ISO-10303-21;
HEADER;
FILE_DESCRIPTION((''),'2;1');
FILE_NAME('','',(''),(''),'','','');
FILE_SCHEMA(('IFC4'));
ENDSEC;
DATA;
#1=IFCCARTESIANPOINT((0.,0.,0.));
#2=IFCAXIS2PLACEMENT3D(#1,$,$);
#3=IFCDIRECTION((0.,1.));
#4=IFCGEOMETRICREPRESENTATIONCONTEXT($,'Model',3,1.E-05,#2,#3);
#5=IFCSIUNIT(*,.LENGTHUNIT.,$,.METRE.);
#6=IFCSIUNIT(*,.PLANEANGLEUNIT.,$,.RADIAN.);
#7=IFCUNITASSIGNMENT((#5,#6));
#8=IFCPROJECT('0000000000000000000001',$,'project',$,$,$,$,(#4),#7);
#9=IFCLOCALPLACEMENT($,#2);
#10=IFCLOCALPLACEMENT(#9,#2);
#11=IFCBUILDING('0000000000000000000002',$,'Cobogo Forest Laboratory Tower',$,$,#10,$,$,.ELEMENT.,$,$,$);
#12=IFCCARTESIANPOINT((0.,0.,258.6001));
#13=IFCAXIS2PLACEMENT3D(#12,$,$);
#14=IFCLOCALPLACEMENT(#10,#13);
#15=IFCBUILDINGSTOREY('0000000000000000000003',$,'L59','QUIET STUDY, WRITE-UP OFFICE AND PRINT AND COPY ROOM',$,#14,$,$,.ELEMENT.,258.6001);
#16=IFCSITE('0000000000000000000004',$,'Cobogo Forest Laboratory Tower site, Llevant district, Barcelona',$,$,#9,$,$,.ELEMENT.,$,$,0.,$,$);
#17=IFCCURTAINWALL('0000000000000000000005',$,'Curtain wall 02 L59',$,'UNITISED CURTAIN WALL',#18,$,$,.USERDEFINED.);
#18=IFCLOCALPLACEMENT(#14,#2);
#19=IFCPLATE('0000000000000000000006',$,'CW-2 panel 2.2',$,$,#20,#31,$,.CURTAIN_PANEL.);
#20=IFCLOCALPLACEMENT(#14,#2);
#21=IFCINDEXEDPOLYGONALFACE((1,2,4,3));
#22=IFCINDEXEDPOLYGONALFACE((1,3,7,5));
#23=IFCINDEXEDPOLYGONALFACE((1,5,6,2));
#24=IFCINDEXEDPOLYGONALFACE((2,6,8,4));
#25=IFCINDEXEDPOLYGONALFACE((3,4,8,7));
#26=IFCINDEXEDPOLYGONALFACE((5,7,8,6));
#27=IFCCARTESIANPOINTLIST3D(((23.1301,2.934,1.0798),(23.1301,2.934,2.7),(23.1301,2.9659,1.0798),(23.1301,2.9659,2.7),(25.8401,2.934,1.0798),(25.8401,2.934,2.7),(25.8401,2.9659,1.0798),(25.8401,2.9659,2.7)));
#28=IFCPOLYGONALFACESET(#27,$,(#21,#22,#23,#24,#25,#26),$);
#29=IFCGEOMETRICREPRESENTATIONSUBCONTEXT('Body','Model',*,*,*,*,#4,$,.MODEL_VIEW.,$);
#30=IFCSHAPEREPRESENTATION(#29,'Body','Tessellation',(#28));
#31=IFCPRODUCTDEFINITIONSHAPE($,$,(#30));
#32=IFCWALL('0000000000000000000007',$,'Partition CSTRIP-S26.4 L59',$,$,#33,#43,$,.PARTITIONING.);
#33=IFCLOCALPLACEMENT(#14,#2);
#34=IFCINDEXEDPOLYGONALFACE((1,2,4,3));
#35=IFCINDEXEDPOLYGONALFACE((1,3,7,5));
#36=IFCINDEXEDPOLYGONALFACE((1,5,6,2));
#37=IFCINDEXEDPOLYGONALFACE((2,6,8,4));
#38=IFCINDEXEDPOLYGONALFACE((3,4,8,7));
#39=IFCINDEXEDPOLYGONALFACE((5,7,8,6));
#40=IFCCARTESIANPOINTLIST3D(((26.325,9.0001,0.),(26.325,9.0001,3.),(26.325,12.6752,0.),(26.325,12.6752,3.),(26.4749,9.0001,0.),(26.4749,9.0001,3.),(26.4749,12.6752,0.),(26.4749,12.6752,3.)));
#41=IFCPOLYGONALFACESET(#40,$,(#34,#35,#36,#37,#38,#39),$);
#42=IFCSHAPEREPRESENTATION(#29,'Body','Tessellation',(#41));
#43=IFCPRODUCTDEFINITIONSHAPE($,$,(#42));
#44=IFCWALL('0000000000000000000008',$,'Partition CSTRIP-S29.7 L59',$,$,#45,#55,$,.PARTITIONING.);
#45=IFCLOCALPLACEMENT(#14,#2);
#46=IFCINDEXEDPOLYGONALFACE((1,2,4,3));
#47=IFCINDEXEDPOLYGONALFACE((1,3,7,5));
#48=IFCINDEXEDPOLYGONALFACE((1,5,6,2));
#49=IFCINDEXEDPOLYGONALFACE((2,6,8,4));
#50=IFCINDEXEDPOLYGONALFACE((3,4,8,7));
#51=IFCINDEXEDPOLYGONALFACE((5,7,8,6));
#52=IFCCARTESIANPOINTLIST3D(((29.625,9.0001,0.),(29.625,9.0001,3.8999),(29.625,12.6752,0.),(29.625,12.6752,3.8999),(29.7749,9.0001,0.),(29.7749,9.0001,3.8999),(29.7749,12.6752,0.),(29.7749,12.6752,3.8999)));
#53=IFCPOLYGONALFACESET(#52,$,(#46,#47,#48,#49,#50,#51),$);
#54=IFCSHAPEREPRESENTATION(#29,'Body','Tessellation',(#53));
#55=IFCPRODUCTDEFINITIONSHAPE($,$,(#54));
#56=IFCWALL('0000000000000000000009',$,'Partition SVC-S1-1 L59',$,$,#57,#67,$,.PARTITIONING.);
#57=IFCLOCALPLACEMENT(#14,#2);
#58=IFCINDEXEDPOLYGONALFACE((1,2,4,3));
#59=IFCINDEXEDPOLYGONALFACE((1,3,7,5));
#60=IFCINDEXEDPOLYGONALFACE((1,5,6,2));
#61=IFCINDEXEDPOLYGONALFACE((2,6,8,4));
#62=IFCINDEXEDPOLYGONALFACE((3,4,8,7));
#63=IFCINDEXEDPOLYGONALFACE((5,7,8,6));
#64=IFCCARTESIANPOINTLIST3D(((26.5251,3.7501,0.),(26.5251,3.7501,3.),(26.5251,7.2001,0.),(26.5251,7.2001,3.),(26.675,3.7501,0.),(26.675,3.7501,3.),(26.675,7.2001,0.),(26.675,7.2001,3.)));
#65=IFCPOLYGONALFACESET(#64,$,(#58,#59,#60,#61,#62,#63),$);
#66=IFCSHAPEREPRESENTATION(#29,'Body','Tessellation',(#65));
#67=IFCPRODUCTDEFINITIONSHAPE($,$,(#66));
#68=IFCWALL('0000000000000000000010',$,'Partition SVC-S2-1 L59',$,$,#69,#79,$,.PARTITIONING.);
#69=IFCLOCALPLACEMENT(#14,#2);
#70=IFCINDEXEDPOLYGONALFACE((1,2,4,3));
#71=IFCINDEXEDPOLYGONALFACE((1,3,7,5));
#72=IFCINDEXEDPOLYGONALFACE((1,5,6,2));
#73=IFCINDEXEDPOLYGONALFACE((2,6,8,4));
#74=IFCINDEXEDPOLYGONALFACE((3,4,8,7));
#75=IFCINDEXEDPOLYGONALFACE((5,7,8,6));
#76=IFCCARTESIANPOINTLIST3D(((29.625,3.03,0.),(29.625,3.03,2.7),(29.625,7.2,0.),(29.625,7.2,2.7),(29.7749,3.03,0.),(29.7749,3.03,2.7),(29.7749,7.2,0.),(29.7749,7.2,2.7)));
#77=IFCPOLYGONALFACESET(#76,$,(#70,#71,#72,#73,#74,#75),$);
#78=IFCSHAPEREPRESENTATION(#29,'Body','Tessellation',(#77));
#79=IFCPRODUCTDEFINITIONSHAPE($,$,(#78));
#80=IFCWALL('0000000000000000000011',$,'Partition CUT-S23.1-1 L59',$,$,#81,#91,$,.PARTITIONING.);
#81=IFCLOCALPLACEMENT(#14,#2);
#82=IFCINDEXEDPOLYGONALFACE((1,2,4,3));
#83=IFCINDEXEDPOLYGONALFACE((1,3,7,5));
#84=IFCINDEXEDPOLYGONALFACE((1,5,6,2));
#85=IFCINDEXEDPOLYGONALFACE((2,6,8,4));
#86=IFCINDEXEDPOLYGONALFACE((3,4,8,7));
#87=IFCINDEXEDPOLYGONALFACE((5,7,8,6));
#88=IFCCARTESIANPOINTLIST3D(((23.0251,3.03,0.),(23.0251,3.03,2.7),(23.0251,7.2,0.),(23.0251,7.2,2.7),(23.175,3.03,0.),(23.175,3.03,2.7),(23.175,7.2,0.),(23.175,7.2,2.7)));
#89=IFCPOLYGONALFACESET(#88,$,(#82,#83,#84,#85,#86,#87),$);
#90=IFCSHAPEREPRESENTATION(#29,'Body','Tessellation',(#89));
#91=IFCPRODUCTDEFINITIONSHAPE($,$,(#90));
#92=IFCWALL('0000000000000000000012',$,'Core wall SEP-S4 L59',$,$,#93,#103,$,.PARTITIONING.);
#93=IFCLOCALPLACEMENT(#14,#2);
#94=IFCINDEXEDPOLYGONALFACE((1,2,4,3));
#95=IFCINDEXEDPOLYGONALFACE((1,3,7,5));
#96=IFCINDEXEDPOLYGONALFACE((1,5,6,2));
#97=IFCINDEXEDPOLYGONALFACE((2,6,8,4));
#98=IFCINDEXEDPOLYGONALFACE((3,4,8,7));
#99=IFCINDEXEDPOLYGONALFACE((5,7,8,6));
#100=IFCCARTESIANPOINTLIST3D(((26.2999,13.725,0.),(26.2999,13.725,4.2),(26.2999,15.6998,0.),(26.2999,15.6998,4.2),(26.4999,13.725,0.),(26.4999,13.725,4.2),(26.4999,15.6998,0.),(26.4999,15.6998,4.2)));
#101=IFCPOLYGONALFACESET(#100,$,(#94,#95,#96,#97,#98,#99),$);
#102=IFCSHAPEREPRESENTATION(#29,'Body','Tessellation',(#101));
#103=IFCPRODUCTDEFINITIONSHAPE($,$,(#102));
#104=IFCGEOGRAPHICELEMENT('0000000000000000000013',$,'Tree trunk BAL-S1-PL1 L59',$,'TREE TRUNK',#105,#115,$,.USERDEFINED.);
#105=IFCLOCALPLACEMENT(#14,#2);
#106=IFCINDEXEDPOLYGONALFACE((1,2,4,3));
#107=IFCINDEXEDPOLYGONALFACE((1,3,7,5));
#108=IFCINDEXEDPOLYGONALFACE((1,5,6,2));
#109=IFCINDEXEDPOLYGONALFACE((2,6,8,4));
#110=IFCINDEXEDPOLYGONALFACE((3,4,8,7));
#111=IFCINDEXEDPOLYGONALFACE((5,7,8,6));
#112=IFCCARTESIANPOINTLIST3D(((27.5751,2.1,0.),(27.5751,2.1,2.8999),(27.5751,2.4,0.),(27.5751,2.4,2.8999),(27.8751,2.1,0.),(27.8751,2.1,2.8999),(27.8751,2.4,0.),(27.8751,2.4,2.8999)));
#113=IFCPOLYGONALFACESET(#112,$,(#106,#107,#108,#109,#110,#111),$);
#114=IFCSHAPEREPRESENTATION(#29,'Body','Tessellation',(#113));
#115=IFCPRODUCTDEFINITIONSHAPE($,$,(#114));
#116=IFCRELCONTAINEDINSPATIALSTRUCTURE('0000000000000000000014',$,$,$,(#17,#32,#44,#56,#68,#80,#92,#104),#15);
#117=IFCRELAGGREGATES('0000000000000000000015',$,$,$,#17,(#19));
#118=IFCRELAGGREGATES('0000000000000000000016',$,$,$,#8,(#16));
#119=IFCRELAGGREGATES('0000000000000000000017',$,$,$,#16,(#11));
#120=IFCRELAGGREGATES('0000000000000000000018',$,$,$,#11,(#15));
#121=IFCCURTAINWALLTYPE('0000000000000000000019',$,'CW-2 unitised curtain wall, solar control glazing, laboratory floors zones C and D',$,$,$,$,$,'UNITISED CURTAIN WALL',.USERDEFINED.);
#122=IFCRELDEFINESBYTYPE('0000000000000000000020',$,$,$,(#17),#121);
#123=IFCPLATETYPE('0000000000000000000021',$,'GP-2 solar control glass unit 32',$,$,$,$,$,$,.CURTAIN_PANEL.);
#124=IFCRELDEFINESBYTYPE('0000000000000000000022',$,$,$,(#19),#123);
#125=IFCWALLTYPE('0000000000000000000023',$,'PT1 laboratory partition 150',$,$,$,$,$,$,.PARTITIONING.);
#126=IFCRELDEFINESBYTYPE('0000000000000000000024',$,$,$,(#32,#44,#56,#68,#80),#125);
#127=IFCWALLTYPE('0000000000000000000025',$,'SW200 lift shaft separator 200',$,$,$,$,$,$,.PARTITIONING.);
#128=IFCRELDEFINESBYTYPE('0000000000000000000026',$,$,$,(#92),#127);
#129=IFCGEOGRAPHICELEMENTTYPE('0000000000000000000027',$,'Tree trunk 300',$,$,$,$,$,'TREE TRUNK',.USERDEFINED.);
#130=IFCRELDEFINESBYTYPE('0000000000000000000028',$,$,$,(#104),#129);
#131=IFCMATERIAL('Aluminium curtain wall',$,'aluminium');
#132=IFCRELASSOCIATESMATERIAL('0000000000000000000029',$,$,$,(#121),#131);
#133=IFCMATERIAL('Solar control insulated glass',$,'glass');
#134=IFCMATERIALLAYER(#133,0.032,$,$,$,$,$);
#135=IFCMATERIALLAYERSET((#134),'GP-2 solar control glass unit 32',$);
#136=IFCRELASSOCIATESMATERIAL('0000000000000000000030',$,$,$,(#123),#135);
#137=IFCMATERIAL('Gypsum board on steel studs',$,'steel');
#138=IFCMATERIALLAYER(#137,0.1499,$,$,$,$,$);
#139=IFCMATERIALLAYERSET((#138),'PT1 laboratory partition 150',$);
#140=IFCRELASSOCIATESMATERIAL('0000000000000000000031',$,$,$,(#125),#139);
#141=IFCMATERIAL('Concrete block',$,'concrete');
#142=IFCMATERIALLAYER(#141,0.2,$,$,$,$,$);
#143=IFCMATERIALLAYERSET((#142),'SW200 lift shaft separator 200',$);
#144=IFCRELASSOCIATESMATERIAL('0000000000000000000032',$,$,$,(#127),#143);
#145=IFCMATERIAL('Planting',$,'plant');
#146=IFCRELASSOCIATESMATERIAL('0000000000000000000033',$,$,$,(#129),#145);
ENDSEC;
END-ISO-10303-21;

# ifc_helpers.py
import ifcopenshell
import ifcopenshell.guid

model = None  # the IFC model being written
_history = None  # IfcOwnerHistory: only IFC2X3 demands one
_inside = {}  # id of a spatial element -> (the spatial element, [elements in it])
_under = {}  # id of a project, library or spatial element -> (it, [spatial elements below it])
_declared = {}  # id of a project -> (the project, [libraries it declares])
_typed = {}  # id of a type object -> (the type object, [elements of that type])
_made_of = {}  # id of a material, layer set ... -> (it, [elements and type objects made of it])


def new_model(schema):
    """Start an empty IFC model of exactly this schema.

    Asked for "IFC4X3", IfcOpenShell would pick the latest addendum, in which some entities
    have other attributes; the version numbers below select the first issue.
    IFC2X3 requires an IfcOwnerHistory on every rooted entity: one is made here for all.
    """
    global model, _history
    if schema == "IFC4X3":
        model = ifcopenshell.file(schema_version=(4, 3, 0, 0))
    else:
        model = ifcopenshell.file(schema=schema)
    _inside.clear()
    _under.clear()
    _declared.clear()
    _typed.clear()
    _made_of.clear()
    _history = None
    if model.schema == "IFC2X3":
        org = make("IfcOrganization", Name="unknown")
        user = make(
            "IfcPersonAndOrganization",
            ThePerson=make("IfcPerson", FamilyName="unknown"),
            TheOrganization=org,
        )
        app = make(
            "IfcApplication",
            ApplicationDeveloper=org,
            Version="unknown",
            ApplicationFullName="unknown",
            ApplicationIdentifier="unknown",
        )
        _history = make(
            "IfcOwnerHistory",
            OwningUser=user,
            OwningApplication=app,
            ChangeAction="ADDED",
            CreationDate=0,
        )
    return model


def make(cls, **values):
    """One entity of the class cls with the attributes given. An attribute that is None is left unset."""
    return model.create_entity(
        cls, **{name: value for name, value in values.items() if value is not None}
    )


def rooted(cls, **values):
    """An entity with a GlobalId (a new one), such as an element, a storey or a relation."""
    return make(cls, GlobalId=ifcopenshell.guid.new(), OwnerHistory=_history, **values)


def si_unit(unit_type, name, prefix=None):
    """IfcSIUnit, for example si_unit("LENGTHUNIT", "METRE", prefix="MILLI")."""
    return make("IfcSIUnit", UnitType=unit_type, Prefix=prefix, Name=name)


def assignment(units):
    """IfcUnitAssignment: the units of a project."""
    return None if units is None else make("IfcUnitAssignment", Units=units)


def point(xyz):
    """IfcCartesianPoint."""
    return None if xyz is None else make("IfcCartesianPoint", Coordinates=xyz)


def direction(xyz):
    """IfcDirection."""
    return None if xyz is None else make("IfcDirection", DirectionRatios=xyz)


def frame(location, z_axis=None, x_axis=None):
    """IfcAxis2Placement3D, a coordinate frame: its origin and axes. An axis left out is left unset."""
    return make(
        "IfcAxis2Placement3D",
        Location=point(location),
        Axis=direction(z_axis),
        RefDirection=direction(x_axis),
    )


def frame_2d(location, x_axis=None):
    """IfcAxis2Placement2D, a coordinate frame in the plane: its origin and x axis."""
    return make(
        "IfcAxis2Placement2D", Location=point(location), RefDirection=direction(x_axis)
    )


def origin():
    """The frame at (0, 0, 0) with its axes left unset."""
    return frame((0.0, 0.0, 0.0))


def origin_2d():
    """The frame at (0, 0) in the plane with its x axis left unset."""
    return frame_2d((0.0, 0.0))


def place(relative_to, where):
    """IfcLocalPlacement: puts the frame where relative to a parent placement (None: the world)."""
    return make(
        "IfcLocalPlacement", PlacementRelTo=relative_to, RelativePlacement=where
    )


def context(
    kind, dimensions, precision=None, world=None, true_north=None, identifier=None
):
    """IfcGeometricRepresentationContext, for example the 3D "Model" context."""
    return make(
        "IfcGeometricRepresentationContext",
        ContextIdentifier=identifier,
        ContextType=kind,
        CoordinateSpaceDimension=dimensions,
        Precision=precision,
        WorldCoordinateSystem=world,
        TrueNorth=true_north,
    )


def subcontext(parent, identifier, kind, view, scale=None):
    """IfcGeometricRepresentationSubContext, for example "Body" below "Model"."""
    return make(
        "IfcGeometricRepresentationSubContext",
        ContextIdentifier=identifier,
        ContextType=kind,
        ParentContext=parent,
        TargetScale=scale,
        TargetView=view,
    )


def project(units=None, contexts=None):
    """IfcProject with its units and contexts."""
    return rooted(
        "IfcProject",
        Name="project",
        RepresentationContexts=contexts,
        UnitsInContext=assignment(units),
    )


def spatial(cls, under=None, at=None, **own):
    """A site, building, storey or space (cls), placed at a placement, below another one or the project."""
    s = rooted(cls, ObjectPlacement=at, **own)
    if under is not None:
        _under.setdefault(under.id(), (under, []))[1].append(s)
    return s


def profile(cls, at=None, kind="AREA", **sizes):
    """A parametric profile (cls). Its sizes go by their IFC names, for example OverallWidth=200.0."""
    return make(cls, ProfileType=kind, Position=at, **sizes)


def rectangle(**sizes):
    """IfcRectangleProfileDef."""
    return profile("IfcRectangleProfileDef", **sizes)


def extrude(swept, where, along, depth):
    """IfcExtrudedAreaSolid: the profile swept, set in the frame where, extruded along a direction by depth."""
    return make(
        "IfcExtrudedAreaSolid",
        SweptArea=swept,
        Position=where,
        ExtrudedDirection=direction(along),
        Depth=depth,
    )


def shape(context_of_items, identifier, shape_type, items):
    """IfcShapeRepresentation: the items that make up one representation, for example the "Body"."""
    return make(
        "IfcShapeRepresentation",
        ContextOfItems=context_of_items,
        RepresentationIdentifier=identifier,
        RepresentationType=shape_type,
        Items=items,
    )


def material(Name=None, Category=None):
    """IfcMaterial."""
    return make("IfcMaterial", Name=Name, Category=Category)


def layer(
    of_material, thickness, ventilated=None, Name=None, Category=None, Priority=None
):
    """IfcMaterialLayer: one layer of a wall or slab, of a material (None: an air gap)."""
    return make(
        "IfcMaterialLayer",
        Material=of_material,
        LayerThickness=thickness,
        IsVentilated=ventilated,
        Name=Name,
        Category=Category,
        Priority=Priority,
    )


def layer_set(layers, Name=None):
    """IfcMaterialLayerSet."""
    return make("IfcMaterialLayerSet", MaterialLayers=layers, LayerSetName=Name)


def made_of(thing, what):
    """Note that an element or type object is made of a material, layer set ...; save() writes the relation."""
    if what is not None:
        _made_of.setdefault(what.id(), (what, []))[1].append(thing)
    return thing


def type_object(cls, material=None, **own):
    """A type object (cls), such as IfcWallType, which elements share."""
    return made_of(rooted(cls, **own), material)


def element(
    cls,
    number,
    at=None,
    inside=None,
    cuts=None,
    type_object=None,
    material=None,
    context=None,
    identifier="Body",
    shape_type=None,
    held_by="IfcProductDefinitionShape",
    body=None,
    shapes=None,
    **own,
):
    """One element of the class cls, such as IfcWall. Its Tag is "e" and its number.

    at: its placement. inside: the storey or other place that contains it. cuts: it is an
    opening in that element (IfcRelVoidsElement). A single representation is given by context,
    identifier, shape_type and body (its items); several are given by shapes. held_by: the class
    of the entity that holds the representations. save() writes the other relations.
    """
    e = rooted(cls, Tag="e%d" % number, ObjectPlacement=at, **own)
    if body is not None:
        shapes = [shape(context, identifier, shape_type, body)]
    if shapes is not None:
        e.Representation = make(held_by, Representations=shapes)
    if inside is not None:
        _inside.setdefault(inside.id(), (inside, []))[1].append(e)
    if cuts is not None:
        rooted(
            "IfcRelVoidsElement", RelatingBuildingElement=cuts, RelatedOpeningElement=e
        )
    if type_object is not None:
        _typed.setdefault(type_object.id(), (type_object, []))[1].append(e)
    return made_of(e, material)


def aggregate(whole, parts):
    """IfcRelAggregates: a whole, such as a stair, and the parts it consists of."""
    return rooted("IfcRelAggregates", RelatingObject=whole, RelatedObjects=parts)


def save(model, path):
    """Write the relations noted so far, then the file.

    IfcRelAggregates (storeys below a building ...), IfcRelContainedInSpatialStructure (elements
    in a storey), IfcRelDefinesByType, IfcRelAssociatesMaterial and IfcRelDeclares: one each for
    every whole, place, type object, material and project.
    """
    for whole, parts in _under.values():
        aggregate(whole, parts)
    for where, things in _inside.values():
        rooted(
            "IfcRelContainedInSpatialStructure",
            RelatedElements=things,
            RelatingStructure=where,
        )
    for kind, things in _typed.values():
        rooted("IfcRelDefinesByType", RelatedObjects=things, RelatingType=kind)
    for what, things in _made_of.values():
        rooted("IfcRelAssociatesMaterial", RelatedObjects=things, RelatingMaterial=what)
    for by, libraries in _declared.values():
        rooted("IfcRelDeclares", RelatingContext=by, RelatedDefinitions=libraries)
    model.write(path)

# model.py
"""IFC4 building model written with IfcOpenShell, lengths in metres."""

from ifc_helpers import new_model, si_unit, direction, frame, frame_2d, origin, origin_2d, place, context, subcontext, project, spatial, rectangle, extrude, material, layer, layer_set, type_object, element, aggregate, save


model = new_model("IFC4")

# Units and contexts
model_context = context("Model", 3, precision=1e-05, world=origin(), true_north=direction((0.0, 1.0)))
body_context = subcontext(model_context, "Body", "Model", "MODEL_VIEW")
ifc_project = project(units=[si_unit("LENGTHUNIT", "METRE"), si_unit("PLANEANGLEUNIT", "RADIAN")], contexts=[model_context])

# Site, building, storey
site_placement = place(None, origin())
site = spatial("IfcSite", under=ifc_project, at=site_placement, Name="Cobogo Forest Laboratory Tower site, Llevant district, Barcelona", CompositionType="ELEMENT", RefElevation=0.0)
building_placement = place(site_placement, origin())
building = spatial("IfcBuilding", under=site, at=building_placement, Name="Cobogo Forest Laboratory Tower", CompositionType="ELEMENT")
storey_placement = place(building_placement, frame((0.0, 0.0, 258.6001)))
storey = spatial("IfcBuildingStorey", under=building, at=storey_placement, Name="L59", Description="QUIET STUDY, WRITE-UP OFFICE AND PRINT AND COPY ROOM", CompositionType="ELEMENT", Elevation=258.6001)

# Curtain wall
ifc_material_1 = material(Name="Aluminium curtain wall", Category="aluminium")
curtain_wall_type = type_object("IfcCurtainWallType", Name="CW-2 unitised curtain wall, solar control glazing, laboratory floors zones C and D", ElementType="UNITISED CURTAIN WALL", PredefinedType="USERDEFINED", material=ifc_material_1)
curtain_wall_placement = place(storey_placement, origin())
curtain_wall = element("IfcCurtainWall", 1, at=curtain_wall_placement, inside=storey, type_object=curtain_wall_type, Name="Curtain wall 02 L59", ObjectType="UNITISED CURTAIN WALL", PredefinedType="USERDEFINED")

# Plate
ifc_material_2 = material(Name="Solar control insulated glass", Category="glass")
ifc_layer_1 = layer(ifc_material_2, 0.032)
ifc_layer_set_1 = layer_set([ifc_layer_1], Name="GP-2 solar control glass unit 32")
plate_type = type_object("IfcPlateType", Name="GP-2 solar control glass unit 32", PredefinedType="CURTAIN_PANEL", material=ifc_layer_set_1)
plate_1_placement = place(storey_placement, frame((24.4851, 2.95, 1.0798), z_axis=(0.0, 0.0, 1.0), x_axis=(1.0, 0.0, 0.0)))
plate_1 = element("IfcPlate", 2, at=plate_1_placement, type_object=plate_type, Name="CW-2 panel 2.2", PredefinedType="CURTAIN_PANEL", context=body_context, shape_type="SweptSolid", body=[
    extrude(rectangle(XDim=2.71, YDim=0.032, at=origin_2d()), origin(), (0.0, 0.0, 1.0), 1.6201),
])
aggregate(curtain_wall, [plate_1])

# Walls
ifc_material_3 = material(Name="Gypsum board on steel studs", Category="steel")
ifc_layer_2 = layer(ifc_material_3, 0.1499)
ifc_layer_set_2 = layer_set([ifc_layer_2], Name="PT1 laboratory partition 150")
wall_type_1 = type_object("IfcWallType", Name="PT1 laboratory partition 150", PredefinedType="PARTITIONING", material=ifc_layer_set_2)
wall_1_placement = place(storey_placement, frame((26.3999, 12.675, 0.0), z_axis=(0.0, 0.0, 1.0), x_axis=(0.0, -1.0, 0.0)))
element("IfcWall", 3, at=wall_1_placement, inside=storey, type_object=wall_type_1, Name="Partition CSTRIP-S26.4 L59", PredefinedType="PARTITIONING", context=body_context, shape_type="SweptSolid", body=[
    extrude(rectangle(XDim=3.675, YDim=0.1499, at=frame_2d((1.8374, 0.0))), origin(), (0.0, 0.0, 1.0), 3.0),
])
wall_2_placement = place(storey_placement, frame((29.7, 12.675, 0.0), z_axis=(0.0, 0.0, 1.0), x_axis=(0.0, -1.0, 0.0)))
element("IfcWall", 4, at=wall_2_placement, inside=storey, type_object=wall_type_1, Name="Partition CSTRIP-S29.7 L59", PredefinedType="PARTITIONING", context=body_context, shape_type="SweptSolid", body=[
    extrude(rectangle(XDim=3.675, YDim=0.1499, at=frame_2d((1.8374, 0.0))), origin(), (0.0, 0.0, 1.0), 3.8999),
])
wall_3_placement = place(storey_placement, frame((26.6001, 3.75, 0.0), z_axis=(0.0, 0.0, 1.0), x_axis=(0.0, 1.0, 0.0)))
element("IfcWall", 5, at=wall_3_placement, inside=storey, type_object=wall_type_1, Name="Partition SVC-S1-1 L59", PredefinedType="PARTITIONING", context=body_context, shape_type="SweptSolid", body=[
    extrude(rectangle(XDim=3.45, YDim=0.1499, at=frame_2d((1.7251, 0.0))), origin(), (0.0, 0.0, 1.0), 3.0),
])
for number, where, z_axis, x_axis, name in (
    (6, (29.7, 3.03, 0.0), (0.0, 0.0, 1.0), (0.0, 1.0, 0.0), "Partition SVC-S2-1 L59"),
    (7, (23.1001, 3.03, 0.0), (0.0, 0.0, 1.0), (0.0, 1.0, 0.0), "Partition CUT-S23.1-1 L59"),
):
    element("IfcWall", number, at=place(storey_placement, frame(where, z_axis=z_axis, x_axis=x_axis)), inside=storey, type_object=wall_type_1, Name=name, PredefinedType="PARTITIONING", context=body_context, shape_type="SweptSolid", body=[
        extrude(rectangle(XDim=4.1699, YDim=0.1499, at=frame_2d((2.085, 0.0))), origin(), (0.0, 0.0, 1.0), 2.7),
    ])
ifc_material_4 = material(Name="Concrete block", Category="concrete")
ifc_layer_3 = layer(ifc_material_4, 0.2)
ifc_layer_set_3 = layer_set([ifc_layer_3], Name="SW200 lift shaft separator 200")
wall_type_2 = type_object("IfcWallType", Name="SW200 lift shaft separator 200", PredefinedType="PARTITIONING", material=ifc_layer_set_3)
wall_4_placement = place(storey_placement, frame((26.3999, 13.7251, 0.0), z_axis=(0.0, 0.0, 1.0), x_axis=(0.0, 1.0, 0.0)))
element("IfcWall", 8, at=wall_4_placement, inside=storey, type_object=wall_type_2, Name="Core wall SEP-S4 L59", PredefinedType="PARTITIONING", context=body_context, shape_type="SweptSolid", body=[
    extrude(rectangle(XDim=1.9749, YDim=0.2, at=frame_2d((0.9873, 0.0))), origin(), (0.0, 0.0, 1.0), 4.2),
])

# Geographic element
ifc_material_5 = material(Name="Planting", Category="plant")
geographic_element_type = type_object("IfcGeographicElementType", Name="Tree trunk 300", ElementType="TREE TRUNK", PredefinedType="USERDEFINED", material=ifc_material_5)
geographic_element_placement = place(storey_placement, frame((27.7251, 2.25, 0.0), z_axis=(0.0, 0.0, 1.0), x_axis=(1.0, 0.0, 0.0)))
element("IfcGeographicElement", 9, at=geographic_element_placement, inside=storey, type_object=geographic_element_type, Name="Tree trunk BAL-S1-PL1 L59", ObjectType="TREE TRUNK", PredefinedType="USERDEFINED", context=body_context, shape_type="SweptSolid", body=[
    extrude(rectangle(XDim=0.3, YDim=0.3, at=origin_2d()), origin(), (0.0, 0.0, 1.0), 2.8999),
])

save(model, "model.ifc")
